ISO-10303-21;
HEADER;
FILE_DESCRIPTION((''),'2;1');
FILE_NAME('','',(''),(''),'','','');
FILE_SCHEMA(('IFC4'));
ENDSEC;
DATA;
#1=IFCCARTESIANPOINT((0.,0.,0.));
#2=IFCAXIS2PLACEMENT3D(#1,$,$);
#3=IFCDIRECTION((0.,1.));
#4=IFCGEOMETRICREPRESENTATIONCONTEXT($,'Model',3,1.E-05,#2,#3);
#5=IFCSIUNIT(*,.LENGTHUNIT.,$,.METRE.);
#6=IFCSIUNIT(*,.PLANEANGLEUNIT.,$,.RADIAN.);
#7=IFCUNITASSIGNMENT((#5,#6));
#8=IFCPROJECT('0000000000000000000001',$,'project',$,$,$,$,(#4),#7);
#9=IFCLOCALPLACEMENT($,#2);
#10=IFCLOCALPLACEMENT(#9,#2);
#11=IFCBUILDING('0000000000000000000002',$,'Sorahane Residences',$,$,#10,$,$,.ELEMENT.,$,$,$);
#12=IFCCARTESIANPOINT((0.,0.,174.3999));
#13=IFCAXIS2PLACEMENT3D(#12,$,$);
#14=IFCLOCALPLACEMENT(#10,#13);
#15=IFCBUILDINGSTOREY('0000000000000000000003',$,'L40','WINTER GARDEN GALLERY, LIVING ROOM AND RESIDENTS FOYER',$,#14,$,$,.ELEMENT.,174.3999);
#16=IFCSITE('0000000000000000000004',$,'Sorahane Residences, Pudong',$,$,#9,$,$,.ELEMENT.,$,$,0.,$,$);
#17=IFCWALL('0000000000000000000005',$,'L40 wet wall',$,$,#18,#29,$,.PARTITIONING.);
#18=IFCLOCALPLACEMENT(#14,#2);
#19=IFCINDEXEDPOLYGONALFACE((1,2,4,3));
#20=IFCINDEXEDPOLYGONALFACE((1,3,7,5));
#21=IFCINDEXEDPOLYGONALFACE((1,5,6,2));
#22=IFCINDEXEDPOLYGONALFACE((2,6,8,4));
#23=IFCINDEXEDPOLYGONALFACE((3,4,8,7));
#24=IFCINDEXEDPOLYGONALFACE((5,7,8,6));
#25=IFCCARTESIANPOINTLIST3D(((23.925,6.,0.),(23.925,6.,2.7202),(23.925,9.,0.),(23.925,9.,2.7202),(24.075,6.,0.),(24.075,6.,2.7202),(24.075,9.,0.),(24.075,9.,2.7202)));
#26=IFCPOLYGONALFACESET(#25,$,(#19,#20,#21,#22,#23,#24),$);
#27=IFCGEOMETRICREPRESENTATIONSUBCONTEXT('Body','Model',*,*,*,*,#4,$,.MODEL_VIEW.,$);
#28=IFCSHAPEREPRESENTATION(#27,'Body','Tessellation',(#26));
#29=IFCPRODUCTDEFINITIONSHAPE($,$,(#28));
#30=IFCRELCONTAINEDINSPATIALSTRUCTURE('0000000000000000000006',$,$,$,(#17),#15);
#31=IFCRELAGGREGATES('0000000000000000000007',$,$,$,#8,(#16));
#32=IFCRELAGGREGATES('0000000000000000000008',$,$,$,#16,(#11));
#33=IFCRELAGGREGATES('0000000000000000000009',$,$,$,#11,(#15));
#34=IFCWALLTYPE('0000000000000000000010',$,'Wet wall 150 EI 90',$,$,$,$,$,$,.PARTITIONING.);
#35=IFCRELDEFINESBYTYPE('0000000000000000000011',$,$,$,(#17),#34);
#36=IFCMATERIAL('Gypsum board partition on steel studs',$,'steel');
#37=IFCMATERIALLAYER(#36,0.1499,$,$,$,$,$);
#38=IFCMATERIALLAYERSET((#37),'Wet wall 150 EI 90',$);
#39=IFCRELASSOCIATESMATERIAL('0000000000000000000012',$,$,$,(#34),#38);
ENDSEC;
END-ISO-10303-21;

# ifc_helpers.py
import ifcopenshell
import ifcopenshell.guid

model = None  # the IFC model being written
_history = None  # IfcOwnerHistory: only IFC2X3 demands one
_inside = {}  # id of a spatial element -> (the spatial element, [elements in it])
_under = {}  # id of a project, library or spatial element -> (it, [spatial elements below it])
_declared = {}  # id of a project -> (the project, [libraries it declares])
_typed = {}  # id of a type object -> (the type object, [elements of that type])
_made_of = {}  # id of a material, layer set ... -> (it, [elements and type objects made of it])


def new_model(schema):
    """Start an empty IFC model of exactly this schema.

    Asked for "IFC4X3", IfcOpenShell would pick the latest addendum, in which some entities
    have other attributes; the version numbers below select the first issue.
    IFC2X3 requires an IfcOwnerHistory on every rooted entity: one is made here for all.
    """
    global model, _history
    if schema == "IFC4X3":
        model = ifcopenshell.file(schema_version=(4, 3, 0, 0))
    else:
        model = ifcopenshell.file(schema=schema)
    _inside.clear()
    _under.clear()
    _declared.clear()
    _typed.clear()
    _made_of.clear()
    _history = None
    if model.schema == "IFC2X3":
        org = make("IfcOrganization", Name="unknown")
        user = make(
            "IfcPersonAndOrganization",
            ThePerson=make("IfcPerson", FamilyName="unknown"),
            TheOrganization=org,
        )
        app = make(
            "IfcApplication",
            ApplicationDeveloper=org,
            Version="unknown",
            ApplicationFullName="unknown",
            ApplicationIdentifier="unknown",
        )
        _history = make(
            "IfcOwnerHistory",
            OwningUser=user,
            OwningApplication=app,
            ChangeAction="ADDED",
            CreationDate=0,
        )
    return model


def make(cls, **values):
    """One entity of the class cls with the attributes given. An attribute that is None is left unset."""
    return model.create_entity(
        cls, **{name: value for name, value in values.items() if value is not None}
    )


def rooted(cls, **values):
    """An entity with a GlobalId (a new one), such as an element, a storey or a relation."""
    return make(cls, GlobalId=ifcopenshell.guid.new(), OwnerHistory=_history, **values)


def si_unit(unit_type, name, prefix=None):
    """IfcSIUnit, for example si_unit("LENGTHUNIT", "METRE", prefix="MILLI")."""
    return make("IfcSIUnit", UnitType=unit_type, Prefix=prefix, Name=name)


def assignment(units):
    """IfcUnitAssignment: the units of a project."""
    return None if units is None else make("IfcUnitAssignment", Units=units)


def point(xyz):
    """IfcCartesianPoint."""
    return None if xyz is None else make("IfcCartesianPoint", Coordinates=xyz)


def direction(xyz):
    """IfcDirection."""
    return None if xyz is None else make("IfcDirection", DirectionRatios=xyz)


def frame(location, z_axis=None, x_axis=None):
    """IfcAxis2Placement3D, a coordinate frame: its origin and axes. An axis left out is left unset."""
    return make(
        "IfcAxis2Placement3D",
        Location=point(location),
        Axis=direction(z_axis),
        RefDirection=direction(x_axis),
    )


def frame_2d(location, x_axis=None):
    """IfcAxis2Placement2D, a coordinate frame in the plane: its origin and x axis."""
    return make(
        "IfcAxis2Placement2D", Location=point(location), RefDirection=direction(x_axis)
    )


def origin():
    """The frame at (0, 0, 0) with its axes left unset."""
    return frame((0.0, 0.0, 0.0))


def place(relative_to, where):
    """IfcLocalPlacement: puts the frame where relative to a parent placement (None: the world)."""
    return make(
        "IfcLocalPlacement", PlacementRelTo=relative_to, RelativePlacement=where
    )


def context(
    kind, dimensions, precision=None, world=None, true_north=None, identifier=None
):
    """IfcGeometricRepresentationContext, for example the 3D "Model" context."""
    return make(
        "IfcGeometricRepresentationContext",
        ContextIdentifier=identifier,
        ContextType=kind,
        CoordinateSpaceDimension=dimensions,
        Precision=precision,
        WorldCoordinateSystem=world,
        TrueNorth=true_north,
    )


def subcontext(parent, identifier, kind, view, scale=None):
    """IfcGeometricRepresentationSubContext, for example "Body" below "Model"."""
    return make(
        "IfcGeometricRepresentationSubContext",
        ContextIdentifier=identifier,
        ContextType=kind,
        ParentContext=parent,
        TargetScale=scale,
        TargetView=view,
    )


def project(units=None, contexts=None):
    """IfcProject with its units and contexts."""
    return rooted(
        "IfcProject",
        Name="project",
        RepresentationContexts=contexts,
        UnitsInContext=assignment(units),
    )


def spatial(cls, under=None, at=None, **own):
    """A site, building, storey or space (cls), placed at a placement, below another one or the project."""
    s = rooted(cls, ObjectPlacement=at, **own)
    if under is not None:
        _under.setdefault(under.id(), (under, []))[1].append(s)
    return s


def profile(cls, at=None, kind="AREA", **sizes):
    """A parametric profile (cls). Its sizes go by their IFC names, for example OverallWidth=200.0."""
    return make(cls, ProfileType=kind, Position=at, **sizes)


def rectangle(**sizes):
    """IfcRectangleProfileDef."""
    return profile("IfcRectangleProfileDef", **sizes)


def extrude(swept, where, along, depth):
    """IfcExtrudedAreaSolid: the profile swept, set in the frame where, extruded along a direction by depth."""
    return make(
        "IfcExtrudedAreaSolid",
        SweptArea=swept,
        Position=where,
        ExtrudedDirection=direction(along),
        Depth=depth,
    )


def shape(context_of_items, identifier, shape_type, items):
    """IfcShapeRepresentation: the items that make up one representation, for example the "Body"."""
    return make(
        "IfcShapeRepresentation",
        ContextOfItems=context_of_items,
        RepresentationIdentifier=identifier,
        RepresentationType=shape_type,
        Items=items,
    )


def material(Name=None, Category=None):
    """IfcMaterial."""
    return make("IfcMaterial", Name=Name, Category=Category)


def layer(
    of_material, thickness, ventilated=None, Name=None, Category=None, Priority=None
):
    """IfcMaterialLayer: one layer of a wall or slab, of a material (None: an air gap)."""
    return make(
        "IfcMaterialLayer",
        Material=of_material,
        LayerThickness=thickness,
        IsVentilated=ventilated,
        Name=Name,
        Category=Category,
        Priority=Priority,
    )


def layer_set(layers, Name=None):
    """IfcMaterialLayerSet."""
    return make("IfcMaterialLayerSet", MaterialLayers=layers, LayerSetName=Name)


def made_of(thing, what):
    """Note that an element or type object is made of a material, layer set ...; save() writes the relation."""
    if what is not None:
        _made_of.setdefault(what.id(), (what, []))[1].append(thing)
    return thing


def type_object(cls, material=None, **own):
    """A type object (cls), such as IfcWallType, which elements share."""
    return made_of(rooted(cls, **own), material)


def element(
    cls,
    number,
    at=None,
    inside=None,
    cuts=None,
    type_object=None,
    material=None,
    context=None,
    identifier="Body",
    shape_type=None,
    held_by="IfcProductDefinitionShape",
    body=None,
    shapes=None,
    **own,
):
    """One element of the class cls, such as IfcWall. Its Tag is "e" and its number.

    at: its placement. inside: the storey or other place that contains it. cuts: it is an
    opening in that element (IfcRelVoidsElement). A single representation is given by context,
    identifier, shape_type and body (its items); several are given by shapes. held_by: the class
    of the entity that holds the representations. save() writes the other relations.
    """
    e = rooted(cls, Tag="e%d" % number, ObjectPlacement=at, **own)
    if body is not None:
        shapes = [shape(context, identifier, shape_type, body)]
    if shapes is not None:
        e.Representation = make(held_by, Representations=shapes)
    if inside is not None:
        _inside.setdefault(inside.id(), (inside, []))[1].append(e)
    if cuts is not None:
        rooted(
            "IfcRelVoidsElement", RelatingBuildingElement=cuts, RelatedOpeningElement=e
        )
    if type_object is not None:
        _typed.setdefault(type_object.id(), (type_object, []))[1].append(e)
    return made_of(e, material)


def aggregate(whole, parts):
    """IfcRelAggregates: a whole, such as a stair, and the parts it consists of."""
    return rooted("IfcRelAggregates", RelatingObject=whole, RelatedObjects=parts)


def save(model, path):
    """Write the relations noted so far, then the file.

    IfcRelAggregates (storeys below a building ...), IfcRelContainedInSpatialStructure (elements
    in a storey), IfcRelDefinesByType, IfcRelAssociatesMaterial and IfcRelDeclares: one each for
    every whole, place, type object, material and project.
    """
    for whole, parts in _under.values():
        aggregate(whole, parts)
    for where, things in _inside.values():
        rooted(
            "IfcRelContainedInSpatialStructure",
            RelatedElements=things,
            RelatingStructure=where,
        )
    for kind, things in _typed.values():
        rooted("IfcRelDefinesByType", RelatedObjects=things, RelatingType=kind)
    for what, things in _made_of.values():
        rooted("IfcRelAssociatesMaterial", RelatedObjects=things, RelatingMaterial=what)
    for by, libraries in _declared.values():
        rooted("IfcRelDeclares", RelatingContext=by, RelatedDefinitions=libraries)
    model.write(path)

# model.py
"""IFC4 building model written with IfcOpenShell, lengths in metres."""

from ifc_helpers import new_model, si_unit, direction, frame, frame_2d, origin, place, context, subcontext, project, spatial, rectangle, extrude, material, layer, layer_set, type_object, element, save


model = new_model("IFC4")

# Units and contexts
model_context = context("Model", 3, precision=1e-05, world=origin(), true_north=direction((0.0, 1.0)))
body_context = subcontext(model_context, "Body", "Model", "MODEL_VIEW")
ifc_project = project(units=[si_unit("LENGTHUNIT", "METRE"), si_unit("PLANEANGLEUNIT", "RADIAN")], contexts=[model_context])

# Site, building, storey
site_placement = place(None, origin())
site = spatial("IfcSite", under=ifc_project, at=site_placement, Name="Sorahane Residences, Pudong", CompositionType="ELEMENT", RefElevation=0.0)
building_placement = place(site_placement, origin())
building = spatial("IfcBuilding", under=site, at=building_placement, Name="Sorahane Residences", CompositionType="ELEMENT")
storey_placement = place(building_placement, frame((0.0, 0.0, 174.3999)))
storey = spatial("IfcBuildingStorey", under=building, at=storey_placement, Name="L40", Description="WINTER GARDEN GALLERY, LIVING ROOM AND RESIDENTS FOYER", CompositionType="ELEMENT", Elevation=174.3999)

# Wall
ifc_material_1 = material(Name="Gypsum board partition on steel studs", Category="steel")
ifc_layer_1 = layer(ifc_material_1, 0.1499)
ifc_layer_set_1 = layer_set([ifc_layer_1], Name="Wet wall 150 EI 90")
wall_type_1 = type_object("IfcWallType", Name="Wet wall 150 EI 90", PredefinedType="PARTITIONING", material=ifc_layer_set_1)
wall_1_placement = place(storey_placement, frame((24.0, 6.0, 0.0), z_axis=(0.0, 0.0, 1.0), x_axis=(0.0, 1.0, 0.0)))
element("IfcWall", 1, at=wall_1_placement, inside=storey, type_object=wall_type_1, Name="L40 wet wall", PredefinedType="PARTITIONING", context=body_context, shape_type="SweptSolid", body=[
    extrude(rectangle(XDim=3.0, YDim=0.1499, at=frame_2d((1.5, 0.0))), origin(), (0.0, 0.0, 1.0), 2.7202),
])

save(model, "model.ifc")
